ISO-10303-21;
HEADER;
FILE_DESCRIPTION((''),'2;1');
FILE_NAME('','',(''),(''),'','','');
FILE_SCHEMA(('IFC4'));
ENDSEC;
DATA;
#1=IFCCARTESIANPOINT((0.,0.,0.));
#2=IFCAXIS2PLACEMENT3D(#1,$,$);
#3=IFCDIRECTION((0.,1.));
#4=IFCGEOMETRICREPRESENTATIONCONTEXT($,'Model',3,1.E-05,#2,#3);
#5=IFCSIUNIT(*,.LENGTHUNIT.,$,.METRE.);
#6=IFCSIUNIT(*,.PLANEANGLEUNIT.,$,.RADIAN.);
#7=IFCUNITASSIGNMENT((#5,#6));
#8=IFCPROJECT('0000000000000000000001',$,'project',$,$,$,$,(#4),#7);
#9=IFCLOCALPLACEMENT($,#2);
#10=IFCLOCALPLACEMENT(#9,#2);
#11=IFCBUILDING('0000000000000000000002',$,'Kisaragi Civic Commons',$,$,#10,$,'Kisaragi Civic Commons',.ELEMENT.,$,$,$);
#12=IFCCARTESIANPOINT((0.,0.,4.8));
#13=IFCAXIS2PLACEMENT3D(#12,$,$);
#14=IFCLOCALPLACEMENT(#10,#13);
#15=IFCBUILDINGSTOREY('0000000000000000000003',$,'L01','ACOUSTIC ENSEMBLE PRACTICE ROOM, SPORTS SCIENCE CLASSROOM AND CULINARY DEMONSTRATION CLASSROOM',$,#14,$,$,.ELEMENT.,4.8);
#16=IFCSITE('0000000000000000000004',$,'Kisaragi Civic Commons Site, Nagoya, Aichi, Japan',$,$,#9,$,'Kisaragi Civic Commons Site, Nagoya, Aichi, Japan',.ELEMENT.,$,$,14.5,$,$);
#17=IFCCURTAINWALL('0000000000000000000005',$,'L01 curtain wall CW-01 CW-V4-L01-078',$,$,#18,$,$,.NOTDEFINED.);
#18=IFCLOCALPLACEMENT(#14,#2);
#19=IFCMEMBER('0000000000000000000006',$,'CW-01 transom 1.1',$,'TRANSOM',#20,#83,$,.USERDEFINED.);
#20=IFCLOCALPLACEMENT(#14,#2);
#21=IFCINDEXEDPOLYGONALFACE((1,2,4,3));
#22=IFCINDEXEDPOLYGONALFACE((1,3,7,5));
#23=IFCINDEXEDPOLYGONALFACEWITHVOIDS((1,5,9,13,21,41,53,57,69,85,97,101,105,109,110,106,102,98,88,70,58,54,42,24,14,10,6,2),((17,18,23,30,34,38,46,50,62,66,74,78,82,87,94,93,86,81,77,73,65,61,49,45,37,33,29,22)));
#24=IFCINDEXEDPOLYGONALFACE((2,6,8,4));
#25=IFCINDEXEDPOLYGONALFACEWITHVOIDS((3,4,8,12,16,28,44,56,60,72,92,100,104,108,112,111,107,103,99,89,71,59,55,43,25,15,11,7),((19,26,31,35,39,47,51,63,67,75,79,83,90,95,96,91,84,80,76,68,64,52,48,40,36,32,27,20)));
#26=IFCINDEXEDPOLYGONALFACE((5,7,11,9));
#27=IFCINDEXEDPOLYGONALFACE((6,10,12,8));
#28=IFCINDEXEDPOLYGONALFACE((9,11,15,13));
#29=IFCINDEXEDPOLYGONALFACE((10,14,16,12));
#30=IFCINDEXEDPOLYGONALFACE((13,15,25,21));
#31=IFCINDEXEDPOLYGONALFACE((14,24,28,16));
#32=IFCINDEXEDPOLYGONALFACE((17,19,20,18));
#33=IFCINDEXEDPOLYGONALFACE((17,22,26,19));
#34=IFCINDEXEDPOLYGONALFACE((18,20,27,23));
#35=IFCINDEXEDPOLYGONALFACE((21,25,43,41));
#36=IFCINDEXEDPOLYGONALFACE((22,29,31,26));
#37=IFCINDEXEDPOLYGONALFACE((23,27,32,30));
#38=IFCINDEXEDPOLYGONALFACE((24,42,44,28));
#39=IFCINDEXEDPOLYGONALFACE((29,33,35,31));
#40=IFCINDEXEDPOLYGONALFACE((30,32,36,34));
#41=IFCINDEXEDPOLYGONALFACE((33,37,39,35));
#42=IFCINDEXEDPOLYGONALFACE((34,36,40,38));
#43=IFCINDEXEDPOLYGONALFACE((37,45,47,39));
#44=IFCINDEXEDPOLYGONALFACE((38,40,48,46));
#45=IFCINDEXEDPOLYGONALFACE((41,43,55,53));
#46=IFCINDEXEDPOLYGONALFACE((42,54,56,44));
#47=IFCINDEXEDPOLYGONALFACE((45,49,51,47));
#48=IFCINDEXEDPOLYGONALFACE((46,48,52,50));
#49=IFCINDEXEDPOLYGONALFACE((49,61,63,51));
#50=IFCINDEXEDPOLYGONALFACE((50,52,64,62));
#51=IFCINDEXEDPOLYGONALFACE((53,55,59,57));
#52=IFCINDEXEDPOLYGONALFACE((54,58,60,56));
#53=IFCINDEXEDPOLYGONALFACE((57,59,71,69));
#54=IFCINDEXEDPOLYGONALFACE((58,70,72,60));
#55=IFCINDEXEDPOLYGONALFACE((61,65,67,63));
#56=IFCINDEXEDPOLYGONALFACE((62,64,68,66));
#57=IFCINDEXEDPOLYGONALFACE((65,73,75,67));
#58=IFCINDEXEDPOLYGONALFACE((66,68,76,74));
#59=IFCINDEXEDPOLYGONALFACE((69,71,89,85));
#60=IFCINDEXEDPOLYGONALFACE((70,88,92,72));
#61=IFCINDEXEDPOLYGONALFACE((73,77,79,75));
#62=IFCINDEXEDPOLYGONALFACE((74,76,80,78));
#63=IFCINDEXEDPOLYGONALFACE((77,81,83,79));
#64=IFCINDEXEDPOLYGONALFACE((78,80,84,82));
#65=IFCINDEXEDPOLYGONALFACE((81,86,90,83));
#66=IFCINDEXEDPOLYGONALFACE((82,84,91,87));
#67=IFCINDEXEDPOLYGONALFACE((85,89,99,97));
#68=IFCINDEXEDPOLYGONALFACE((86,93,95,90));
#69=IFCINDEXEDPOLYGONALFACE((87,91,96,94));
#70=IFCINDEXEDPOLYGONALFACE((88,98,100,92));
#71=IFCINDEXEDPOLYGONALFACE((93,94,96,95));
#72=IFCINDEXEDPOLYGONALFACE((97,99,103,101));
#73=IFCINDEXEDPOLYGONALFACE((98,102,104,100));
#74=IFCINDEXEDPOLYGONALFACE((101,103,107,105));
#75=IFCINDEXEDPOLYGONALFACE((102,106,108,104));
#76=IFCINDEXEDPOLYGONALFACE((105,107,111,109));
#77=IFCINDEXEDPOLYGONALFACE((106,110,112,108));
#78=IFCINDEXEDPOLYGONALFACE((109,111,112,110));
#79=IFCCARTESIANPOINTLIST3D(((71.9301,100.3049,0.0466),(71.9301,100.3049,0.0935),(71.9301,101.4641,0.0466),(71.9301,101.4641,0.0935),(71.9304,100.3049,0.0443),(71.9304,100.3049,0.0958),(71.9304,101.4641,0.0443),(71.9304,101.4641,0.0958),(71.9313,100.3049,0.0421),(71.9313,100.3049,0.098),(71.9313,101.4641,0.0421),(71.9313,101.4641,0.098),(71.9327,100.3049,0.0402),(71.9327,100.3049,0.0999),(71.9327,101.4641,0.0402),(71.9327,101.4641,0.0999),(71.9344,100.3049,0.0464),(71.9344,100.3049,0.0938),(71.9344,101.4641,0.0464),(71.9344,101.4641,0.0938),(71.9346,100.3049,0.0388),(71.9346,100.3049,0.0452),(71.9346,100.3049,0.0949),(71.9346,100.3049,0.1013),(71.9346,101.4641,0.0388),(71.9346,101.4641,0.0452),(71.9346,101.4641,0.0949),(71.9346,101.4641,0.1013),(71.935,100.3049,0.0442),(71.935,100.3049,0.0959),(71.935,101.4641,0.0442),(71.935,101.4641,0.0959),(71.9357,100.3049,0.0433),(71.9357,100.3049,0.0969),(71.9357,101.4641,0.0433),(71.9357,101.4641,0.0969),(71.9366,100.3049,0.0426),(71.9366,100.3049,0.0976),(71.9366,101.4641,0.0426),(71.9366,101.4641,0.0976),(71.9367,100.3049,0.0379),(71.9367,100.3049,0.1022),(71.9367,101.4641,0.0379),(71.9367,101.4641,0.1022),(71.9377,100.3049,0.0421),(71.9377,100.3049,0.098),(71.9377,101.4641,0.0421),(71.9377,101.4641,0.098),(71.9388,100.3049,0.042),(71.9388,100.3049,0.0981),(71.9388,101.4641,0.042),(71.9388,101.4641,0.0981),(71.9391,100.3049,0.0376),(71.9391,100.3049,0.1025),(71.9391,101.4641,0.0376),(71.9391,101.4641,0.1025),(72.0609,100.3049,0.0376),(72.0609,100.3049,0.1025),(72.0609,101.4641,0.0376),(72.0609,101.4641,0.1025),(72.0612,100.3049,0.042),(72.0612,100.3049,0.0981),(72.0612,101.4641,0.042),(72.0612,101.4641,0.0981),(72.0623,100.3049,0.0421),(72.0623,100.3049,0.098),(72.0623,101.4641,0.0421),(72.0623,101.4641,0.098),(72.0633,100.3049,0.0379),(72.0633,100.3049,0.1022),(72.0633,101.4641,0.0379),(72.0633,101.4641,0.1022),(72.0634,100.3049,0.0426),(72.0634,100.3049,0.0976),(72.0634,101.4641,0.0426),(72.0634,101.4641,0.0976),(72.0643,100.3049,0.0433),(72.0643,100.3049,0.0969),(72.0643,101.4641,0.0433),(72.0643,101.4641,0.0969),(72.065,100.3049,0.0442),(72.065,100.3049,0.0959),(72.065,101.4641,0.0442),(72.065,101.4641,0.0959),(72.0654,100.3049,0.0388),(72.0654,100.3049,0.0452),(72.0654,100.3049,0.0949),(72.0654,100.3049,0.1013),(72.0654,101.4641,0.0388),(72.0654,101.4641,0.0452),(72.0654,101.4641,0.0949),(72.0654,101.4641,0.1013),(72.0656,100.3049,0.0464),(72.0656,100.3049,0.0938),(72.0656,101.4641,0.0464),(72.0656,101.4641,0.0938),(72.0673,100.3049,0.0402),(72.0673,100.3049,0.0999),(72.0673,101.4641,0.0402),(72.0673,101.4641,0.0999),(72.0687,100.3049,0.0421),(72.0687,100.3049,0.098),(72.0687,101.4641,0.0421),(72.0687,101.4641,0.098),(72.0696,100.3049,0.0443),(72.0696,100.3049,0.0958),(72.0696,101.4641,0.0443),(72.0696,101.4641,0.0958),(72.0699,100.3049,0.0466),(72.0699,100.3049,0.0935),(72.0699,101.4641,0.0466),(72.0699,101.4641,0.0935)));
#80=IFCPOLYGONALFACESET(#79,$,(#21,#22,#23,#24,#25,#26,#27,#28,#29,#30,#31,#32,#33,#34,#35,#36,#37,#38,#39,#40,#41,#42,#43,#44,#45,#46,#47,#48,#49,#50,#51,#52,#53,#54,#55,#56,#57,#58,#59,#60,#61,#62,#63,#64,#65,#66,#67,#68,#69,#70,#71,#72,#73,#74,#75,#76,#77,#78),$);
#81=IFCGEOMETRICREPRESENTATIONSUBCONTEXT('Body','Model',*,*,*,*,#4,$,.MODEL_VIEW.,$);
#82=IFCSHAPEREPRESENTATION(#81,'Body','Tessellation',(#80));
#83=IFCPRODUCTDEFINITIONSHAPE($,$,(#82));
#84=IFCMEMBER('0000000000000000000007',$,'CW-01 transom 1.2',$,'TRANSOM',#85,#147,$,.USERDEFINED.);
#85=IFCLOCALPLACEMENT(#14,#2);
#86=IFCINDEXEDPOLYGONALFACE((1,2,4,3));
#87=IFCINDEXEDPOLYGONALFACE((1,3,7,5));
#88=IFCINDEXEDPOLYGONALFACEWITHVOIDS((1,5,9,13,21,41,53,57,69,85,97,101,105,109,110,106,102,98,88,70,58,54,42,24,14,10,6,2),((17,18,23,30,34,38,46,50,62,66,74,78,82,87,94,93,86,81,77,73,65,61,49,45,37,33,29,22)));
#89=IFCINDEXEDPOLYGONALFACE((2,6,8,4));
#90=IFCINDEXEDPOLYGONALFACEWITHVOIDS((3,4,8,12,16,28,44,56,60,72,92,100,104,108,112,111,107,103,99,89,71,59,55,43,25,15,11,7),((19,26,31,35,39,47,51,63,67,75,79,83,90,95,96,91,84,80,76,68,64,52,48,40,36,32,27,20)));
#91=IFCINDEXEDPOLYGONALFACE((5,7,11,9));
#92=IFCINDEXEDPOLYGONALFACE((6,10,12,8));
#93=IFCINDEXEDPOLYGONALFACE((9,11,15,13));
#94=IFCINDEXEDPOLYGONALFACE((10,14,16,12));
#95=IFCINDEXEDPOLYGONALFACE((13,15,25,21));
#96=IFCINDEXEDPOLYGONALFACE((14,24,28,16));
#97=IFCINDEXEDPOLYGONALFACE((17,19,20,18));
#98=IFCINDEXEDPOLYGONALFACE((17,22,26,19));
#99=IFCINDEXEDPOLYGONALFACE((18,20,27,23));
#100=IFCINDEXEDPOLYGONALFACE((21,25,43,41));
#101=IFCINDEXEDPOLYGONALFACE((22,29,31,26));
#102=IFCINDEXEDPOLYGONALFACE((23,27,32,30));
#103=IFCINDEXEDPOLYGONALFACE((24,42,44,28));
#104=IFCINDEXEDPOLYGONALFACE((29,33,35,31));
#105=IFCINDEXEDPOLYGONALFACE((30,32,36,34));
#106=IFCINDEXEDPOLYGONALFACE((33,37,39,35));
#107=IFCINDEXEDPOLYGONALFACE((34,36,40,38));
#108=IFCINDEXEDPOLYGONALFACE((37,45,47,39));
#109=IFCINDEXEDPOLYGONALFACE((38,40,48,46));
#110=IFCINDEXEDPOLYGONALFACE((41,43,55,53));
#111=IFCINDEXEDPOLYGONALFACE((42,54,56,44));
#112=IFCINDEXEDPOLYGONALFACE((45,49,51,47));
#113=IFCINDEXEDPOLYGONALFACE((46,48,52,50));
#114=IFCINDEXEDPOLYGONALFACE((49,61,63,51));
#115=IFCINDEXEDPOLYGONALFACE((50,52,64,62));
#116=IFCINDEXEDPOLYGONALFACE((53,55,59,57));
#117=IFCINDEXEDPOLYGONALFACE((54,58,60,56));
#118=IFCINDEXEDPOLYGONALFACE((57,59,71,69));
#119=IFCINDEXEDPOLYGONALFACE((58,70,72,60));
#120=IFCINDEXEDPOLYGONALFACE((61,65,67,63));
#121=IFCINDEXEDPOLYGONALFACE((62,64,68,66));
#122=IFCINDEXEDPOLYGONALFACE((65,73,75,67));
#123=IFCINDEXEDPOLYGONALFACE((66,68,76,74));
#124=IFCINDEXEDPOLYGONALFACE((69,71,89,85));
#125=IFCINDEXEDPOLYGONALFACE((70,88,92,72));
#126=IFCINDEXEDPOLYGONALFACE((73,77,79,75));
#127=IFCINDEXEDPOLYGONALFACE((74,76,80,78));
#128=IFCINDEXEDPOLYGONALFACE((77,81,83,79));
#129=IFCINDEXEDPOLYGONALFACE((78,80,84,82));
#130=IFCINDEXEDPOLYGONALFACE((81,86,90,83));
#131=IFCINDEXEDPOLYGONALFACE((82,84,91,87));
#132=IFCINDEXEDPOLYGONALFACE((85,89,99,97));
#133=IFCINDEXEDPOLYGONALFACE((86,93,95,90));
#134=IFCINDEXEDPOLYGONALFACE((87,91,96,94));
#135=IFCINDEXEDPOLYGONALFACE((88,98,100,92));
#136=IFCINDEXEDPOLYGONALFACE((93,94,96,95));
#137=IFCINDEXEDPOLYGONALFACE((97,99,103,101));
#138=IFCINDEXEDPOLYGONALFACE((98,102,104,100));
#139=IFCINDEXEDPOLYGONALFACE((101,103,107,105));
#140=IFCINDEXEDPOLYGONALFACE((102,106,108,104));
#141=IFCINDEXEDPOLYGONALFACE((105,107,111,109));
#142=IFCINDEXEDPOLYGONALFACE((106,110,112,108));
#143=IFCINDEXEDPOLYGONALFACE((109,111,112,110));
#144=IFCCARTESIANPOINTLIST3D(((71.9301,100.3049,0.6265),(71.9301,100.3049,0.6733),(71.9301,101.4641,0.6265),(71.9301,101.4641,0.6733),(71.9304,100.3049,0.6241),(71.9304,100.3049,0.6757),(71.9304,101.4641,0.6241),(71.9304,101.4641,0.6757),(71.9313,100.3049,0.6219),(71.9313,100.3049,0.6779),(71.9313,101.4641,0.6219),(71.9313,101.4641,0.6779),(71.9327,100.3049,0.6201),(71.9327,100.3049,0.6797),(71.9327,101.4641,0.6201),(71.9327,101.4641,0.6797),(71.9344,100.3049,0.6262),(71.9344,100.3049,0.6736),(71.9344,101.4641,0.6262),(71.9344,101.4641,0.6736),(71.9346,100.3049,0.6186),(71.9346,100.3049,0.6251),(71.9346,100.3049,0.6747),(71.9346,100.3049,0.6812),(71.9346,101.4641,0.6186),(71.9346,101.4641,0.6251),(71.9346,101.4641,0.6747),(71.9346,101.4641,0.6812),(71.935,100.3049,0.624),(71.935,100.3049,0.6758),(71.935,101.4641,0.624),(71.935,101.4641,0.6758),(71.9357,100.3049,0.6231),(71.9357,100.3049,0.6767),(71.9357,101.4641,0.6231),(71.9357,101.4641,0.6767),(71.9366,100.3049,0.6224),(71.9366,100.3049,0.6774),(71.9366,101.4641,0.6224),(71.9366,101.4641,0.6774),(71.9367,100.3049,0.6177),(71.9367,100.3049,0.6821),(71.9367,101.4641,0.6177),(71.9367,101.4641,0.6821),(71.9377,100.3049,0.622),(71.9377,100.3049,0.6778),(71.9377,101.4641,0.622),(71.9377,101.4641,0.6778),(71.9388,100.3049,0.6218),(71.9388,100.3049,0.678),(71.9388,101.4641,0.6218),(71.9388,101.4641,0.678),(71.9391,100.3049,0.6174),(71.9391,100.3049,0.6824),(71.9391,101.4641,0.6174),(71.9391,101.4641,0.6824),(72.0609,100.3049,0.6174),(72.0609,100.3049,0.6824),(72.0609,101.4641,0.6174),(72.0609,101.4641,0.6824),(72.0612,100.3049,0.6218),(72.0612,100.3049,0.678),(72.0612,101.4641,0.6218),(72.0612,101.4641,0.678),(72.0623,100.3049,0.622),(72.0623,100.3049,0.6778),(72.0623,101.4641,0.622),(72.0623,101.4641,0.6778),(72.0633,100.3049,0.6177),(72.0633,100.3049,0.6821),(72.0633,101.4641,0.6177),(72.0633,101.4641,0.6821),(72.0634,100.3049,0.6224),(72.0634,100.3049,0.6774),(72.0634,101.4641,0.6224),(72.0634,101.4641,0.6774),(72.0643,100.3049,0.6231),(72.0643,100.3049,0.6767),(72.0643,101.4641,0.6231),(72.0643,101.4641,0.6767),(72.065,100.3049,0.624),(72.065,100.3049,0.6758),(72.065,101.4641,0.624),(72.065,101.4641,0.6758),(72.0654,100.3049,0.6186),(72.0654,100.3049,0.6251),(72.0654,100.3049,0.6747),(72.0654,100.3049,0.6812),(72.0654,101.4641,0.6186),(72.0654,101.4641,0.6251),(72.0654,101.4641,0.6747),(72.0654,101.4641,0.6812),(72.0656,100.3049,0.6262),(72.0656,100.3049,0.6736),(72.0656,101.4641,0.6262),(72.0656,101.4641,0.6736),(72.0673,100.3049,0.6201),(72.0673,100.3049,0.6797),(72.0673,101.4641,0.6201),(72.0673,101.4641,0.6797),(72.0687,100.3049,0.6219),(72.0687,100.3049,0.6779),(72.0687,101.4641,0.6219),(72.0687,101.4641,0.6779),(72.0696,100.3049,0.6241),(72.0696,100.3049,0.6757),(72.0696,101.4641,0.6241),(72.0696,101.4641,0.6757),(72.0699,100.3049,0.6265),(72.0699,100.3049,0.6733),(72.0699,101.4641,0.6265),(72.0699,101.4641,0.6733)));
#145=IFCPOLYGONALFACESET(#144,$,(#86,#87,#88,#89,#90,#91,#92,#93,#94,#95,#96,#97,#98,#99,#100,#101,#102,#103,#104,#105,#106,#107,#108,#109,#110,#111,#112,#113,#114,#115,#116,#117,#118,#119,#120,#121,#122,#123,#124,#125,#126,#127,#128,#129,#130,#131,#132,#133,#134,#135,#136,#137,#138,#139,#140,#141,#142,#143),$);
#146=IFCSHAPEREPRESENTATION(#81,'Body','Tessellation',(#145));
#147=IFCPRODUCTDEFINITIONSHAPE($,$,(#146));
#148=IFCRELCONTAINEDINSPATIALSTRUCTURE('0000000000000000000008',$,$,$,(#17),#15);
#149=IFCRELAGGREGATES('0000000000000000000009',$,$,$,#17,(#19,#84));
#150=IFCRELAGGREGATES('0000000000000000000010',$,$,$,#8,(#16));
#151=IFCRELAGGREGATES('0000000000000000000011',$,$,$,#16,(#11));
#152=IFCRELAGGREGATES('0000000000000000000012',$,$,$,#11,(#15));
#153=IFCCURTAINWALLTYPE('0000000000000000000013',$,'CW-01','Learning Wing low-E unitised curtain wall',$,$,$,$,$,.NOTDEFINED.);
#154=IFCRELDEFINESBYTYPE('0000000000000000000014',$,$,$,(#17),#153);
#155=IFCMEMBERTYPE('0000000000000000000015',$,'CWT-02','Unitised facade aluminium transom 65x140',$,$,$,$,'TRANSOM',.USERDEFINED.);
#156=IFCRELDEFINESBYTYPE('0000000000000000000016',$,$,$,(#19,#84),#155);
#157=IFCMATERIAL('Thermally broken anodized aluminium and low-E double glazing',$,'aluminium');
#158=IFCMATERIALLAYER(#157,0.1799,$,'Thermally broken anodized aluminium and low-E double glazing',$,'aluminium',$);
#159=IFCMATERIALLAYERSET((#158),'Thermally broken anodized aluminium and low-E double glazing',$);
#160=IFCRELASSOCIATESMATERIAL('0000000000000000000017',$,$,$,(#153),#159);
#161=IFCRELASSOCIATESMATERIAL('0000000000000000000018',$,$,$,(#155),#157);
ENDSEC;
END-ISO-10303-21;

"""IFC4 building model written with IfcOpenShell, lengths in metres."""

from ifc_helpers import new_model, si_unit, direction, frame, origin, origin_2d, place, context, subcontext, project, spatial, hollow_rectangle, extrude, material, layer, layer_set, material_profile, profile_set, type_object, element, aggregate, save


model = new_model("IFC4")

# Units and contexts
model_context = context("Model", 3, precision=1e-05, world=origin(), true_north=direction((0.0, 1.0)))
body_context = subcontext(model_context, "Body", "Model", "MODEL_VIEW")
ifc_project = project(units=[si_unit("LENGTHUNIT", "METRE"), si_unit("PLANEANGLEUNIT", "RADIAN")], contexts=[model_context])

# Site, building, storey
site_placement = place(None, origin())
site = spatial("IfcSite", under=ifc_project, at=site_placement, Name="Kisaragi Civic Commons Site, Nagoya, Aichi, Japan", LongName="Kisaragi Civic Commons Site, Nagoya, Aichi, Japan", CompositionType="ELEMENT", RefElevation=14.5)
building_placement = place(site_placement, origin())
building = spatial("IfcBuilding", under=site, at=building_placement, Name="Kisaragi Civic Commons", LongName="Kisaragi Civic Commons", CompositionType="ELEMENT")
storey_placement = place(building_placement, frame((0.0, 0.0, 4.8)))
storey = spatial("IfcBuildingStorey", under=building, at=storey_placement, Name="L01", Description="ACOUSTIC ENSEMBLE PRACTICE ROOM, SPORTS SCIENCE CLASSROOM AND CULINARY DEMONSTRATION CLASSROOM", CompositionType="ELEMENT", Elevation=4.8)

# Curtain wall
ifc_material_1 = material(Name="Thermally broken anodized aluminium and low-E double glazing", Category="aluminium")
ifc_layer_1 = layer(ifc_material_1, 0.1799, Name="Thermally broken anodized aluminium and low-E double glazing", Category="aluminium")
ifc_layer_set_1 = layer_set([ifc_layer_1], Name="Thermally broken anodized aluminium and low-E double glazing")
curtain_wall_type = type_object("IfcCurtainWallType", Name="CW-01", Description="Learning Wing low-E unitised curtain wall", PredefinedType="NOTDEFINED", material=ifc_layer_set_1)
curtain_wall_1_placement = place(storey_placement, origin())
curtain_wall_1 = element("IfcCurtainWall", 1, at=curtain_wall_1_placement, inside=storey, type_object=curtain_wall_type, Name="L01 curtain wall CW-01 CW-V4-L01-078", PredefinedType="NOTDEFINED")

# Members
ifc_material_profile_1 = material_profile(ifc_material_1, hollow_rectangle(XDim=0.1399, YDim=0.0649, WallThickness=0.0044, InnerFilletRadius=0.0044, OuterFilletRadius=0.009, at=origin_2d()), Name="CWT-65x140x4.5", Category="aluminium")
ifc_profile_set_1 = profile_set([ifc_material_profile_1], Name="Thermally broken anodized aluminium and low-E double glazing")
member_type_1 = type_object("IfcMemberType", Name="CWT-02", Description="Unitised facade aluminium transom 65x140", ElementType="TRANSOM", PredefinedType="USERDEFINED", material=ifc_profile_set_1)
member_1_placement = place(storey_placement, frame((72.0, 100.3049, 0.0701), z_axis=(0.0, 1.0, 0.0), x_axis=(-1.0, 0.0, 0.0)))
member_1 = element("IfcMember", 2, at=member_1_placement, type_object=member_type_1, Name="CW-01 transom 1.1", ObjectType="TRANSOM", PredefinedType="USERDEFINED", context=body_context, shape_type="SweptSolid", body=[
    extrude(hollow_rectangle(XDim=0.1399, YDim=0.0649, WallThickness=0.0044, InnerFilletRadius=0.0044, OuterFilletRadius=0.009, at=origin_2d()), origin(), (0.0, 0.0, 1.0), 1.1592),
])
member_2_placement = place(storey_placement, frame((72.0, 100.3049, 0.6499), z_axis=(0.0, 1.0, 0.0), x_axis=(-1.0, 0.0, 0.0)))
member_2 = element("IfcMember", 3, at=member_2_placement, type_object=member_type_1, Name="CW-01 transom 1.2", ObjectType="TRANSOM", PredefinedType="USERDEFINED", context=body_context, shape_type="SweptSolid", body=[
    extrude(hollow_rectangle(XDim=0.1399, YDim=0.0649, WallThickness=0.0044, InnerFilletRadius=0.0044, OuterFilletRadius=0.009, at=origin_2d()), origin(), (0.0, 0.0, 1.0), 1.1592),
])

aggregate(curtain_wall_1, [member_1, member_2])

save(model, "model.ifc")
